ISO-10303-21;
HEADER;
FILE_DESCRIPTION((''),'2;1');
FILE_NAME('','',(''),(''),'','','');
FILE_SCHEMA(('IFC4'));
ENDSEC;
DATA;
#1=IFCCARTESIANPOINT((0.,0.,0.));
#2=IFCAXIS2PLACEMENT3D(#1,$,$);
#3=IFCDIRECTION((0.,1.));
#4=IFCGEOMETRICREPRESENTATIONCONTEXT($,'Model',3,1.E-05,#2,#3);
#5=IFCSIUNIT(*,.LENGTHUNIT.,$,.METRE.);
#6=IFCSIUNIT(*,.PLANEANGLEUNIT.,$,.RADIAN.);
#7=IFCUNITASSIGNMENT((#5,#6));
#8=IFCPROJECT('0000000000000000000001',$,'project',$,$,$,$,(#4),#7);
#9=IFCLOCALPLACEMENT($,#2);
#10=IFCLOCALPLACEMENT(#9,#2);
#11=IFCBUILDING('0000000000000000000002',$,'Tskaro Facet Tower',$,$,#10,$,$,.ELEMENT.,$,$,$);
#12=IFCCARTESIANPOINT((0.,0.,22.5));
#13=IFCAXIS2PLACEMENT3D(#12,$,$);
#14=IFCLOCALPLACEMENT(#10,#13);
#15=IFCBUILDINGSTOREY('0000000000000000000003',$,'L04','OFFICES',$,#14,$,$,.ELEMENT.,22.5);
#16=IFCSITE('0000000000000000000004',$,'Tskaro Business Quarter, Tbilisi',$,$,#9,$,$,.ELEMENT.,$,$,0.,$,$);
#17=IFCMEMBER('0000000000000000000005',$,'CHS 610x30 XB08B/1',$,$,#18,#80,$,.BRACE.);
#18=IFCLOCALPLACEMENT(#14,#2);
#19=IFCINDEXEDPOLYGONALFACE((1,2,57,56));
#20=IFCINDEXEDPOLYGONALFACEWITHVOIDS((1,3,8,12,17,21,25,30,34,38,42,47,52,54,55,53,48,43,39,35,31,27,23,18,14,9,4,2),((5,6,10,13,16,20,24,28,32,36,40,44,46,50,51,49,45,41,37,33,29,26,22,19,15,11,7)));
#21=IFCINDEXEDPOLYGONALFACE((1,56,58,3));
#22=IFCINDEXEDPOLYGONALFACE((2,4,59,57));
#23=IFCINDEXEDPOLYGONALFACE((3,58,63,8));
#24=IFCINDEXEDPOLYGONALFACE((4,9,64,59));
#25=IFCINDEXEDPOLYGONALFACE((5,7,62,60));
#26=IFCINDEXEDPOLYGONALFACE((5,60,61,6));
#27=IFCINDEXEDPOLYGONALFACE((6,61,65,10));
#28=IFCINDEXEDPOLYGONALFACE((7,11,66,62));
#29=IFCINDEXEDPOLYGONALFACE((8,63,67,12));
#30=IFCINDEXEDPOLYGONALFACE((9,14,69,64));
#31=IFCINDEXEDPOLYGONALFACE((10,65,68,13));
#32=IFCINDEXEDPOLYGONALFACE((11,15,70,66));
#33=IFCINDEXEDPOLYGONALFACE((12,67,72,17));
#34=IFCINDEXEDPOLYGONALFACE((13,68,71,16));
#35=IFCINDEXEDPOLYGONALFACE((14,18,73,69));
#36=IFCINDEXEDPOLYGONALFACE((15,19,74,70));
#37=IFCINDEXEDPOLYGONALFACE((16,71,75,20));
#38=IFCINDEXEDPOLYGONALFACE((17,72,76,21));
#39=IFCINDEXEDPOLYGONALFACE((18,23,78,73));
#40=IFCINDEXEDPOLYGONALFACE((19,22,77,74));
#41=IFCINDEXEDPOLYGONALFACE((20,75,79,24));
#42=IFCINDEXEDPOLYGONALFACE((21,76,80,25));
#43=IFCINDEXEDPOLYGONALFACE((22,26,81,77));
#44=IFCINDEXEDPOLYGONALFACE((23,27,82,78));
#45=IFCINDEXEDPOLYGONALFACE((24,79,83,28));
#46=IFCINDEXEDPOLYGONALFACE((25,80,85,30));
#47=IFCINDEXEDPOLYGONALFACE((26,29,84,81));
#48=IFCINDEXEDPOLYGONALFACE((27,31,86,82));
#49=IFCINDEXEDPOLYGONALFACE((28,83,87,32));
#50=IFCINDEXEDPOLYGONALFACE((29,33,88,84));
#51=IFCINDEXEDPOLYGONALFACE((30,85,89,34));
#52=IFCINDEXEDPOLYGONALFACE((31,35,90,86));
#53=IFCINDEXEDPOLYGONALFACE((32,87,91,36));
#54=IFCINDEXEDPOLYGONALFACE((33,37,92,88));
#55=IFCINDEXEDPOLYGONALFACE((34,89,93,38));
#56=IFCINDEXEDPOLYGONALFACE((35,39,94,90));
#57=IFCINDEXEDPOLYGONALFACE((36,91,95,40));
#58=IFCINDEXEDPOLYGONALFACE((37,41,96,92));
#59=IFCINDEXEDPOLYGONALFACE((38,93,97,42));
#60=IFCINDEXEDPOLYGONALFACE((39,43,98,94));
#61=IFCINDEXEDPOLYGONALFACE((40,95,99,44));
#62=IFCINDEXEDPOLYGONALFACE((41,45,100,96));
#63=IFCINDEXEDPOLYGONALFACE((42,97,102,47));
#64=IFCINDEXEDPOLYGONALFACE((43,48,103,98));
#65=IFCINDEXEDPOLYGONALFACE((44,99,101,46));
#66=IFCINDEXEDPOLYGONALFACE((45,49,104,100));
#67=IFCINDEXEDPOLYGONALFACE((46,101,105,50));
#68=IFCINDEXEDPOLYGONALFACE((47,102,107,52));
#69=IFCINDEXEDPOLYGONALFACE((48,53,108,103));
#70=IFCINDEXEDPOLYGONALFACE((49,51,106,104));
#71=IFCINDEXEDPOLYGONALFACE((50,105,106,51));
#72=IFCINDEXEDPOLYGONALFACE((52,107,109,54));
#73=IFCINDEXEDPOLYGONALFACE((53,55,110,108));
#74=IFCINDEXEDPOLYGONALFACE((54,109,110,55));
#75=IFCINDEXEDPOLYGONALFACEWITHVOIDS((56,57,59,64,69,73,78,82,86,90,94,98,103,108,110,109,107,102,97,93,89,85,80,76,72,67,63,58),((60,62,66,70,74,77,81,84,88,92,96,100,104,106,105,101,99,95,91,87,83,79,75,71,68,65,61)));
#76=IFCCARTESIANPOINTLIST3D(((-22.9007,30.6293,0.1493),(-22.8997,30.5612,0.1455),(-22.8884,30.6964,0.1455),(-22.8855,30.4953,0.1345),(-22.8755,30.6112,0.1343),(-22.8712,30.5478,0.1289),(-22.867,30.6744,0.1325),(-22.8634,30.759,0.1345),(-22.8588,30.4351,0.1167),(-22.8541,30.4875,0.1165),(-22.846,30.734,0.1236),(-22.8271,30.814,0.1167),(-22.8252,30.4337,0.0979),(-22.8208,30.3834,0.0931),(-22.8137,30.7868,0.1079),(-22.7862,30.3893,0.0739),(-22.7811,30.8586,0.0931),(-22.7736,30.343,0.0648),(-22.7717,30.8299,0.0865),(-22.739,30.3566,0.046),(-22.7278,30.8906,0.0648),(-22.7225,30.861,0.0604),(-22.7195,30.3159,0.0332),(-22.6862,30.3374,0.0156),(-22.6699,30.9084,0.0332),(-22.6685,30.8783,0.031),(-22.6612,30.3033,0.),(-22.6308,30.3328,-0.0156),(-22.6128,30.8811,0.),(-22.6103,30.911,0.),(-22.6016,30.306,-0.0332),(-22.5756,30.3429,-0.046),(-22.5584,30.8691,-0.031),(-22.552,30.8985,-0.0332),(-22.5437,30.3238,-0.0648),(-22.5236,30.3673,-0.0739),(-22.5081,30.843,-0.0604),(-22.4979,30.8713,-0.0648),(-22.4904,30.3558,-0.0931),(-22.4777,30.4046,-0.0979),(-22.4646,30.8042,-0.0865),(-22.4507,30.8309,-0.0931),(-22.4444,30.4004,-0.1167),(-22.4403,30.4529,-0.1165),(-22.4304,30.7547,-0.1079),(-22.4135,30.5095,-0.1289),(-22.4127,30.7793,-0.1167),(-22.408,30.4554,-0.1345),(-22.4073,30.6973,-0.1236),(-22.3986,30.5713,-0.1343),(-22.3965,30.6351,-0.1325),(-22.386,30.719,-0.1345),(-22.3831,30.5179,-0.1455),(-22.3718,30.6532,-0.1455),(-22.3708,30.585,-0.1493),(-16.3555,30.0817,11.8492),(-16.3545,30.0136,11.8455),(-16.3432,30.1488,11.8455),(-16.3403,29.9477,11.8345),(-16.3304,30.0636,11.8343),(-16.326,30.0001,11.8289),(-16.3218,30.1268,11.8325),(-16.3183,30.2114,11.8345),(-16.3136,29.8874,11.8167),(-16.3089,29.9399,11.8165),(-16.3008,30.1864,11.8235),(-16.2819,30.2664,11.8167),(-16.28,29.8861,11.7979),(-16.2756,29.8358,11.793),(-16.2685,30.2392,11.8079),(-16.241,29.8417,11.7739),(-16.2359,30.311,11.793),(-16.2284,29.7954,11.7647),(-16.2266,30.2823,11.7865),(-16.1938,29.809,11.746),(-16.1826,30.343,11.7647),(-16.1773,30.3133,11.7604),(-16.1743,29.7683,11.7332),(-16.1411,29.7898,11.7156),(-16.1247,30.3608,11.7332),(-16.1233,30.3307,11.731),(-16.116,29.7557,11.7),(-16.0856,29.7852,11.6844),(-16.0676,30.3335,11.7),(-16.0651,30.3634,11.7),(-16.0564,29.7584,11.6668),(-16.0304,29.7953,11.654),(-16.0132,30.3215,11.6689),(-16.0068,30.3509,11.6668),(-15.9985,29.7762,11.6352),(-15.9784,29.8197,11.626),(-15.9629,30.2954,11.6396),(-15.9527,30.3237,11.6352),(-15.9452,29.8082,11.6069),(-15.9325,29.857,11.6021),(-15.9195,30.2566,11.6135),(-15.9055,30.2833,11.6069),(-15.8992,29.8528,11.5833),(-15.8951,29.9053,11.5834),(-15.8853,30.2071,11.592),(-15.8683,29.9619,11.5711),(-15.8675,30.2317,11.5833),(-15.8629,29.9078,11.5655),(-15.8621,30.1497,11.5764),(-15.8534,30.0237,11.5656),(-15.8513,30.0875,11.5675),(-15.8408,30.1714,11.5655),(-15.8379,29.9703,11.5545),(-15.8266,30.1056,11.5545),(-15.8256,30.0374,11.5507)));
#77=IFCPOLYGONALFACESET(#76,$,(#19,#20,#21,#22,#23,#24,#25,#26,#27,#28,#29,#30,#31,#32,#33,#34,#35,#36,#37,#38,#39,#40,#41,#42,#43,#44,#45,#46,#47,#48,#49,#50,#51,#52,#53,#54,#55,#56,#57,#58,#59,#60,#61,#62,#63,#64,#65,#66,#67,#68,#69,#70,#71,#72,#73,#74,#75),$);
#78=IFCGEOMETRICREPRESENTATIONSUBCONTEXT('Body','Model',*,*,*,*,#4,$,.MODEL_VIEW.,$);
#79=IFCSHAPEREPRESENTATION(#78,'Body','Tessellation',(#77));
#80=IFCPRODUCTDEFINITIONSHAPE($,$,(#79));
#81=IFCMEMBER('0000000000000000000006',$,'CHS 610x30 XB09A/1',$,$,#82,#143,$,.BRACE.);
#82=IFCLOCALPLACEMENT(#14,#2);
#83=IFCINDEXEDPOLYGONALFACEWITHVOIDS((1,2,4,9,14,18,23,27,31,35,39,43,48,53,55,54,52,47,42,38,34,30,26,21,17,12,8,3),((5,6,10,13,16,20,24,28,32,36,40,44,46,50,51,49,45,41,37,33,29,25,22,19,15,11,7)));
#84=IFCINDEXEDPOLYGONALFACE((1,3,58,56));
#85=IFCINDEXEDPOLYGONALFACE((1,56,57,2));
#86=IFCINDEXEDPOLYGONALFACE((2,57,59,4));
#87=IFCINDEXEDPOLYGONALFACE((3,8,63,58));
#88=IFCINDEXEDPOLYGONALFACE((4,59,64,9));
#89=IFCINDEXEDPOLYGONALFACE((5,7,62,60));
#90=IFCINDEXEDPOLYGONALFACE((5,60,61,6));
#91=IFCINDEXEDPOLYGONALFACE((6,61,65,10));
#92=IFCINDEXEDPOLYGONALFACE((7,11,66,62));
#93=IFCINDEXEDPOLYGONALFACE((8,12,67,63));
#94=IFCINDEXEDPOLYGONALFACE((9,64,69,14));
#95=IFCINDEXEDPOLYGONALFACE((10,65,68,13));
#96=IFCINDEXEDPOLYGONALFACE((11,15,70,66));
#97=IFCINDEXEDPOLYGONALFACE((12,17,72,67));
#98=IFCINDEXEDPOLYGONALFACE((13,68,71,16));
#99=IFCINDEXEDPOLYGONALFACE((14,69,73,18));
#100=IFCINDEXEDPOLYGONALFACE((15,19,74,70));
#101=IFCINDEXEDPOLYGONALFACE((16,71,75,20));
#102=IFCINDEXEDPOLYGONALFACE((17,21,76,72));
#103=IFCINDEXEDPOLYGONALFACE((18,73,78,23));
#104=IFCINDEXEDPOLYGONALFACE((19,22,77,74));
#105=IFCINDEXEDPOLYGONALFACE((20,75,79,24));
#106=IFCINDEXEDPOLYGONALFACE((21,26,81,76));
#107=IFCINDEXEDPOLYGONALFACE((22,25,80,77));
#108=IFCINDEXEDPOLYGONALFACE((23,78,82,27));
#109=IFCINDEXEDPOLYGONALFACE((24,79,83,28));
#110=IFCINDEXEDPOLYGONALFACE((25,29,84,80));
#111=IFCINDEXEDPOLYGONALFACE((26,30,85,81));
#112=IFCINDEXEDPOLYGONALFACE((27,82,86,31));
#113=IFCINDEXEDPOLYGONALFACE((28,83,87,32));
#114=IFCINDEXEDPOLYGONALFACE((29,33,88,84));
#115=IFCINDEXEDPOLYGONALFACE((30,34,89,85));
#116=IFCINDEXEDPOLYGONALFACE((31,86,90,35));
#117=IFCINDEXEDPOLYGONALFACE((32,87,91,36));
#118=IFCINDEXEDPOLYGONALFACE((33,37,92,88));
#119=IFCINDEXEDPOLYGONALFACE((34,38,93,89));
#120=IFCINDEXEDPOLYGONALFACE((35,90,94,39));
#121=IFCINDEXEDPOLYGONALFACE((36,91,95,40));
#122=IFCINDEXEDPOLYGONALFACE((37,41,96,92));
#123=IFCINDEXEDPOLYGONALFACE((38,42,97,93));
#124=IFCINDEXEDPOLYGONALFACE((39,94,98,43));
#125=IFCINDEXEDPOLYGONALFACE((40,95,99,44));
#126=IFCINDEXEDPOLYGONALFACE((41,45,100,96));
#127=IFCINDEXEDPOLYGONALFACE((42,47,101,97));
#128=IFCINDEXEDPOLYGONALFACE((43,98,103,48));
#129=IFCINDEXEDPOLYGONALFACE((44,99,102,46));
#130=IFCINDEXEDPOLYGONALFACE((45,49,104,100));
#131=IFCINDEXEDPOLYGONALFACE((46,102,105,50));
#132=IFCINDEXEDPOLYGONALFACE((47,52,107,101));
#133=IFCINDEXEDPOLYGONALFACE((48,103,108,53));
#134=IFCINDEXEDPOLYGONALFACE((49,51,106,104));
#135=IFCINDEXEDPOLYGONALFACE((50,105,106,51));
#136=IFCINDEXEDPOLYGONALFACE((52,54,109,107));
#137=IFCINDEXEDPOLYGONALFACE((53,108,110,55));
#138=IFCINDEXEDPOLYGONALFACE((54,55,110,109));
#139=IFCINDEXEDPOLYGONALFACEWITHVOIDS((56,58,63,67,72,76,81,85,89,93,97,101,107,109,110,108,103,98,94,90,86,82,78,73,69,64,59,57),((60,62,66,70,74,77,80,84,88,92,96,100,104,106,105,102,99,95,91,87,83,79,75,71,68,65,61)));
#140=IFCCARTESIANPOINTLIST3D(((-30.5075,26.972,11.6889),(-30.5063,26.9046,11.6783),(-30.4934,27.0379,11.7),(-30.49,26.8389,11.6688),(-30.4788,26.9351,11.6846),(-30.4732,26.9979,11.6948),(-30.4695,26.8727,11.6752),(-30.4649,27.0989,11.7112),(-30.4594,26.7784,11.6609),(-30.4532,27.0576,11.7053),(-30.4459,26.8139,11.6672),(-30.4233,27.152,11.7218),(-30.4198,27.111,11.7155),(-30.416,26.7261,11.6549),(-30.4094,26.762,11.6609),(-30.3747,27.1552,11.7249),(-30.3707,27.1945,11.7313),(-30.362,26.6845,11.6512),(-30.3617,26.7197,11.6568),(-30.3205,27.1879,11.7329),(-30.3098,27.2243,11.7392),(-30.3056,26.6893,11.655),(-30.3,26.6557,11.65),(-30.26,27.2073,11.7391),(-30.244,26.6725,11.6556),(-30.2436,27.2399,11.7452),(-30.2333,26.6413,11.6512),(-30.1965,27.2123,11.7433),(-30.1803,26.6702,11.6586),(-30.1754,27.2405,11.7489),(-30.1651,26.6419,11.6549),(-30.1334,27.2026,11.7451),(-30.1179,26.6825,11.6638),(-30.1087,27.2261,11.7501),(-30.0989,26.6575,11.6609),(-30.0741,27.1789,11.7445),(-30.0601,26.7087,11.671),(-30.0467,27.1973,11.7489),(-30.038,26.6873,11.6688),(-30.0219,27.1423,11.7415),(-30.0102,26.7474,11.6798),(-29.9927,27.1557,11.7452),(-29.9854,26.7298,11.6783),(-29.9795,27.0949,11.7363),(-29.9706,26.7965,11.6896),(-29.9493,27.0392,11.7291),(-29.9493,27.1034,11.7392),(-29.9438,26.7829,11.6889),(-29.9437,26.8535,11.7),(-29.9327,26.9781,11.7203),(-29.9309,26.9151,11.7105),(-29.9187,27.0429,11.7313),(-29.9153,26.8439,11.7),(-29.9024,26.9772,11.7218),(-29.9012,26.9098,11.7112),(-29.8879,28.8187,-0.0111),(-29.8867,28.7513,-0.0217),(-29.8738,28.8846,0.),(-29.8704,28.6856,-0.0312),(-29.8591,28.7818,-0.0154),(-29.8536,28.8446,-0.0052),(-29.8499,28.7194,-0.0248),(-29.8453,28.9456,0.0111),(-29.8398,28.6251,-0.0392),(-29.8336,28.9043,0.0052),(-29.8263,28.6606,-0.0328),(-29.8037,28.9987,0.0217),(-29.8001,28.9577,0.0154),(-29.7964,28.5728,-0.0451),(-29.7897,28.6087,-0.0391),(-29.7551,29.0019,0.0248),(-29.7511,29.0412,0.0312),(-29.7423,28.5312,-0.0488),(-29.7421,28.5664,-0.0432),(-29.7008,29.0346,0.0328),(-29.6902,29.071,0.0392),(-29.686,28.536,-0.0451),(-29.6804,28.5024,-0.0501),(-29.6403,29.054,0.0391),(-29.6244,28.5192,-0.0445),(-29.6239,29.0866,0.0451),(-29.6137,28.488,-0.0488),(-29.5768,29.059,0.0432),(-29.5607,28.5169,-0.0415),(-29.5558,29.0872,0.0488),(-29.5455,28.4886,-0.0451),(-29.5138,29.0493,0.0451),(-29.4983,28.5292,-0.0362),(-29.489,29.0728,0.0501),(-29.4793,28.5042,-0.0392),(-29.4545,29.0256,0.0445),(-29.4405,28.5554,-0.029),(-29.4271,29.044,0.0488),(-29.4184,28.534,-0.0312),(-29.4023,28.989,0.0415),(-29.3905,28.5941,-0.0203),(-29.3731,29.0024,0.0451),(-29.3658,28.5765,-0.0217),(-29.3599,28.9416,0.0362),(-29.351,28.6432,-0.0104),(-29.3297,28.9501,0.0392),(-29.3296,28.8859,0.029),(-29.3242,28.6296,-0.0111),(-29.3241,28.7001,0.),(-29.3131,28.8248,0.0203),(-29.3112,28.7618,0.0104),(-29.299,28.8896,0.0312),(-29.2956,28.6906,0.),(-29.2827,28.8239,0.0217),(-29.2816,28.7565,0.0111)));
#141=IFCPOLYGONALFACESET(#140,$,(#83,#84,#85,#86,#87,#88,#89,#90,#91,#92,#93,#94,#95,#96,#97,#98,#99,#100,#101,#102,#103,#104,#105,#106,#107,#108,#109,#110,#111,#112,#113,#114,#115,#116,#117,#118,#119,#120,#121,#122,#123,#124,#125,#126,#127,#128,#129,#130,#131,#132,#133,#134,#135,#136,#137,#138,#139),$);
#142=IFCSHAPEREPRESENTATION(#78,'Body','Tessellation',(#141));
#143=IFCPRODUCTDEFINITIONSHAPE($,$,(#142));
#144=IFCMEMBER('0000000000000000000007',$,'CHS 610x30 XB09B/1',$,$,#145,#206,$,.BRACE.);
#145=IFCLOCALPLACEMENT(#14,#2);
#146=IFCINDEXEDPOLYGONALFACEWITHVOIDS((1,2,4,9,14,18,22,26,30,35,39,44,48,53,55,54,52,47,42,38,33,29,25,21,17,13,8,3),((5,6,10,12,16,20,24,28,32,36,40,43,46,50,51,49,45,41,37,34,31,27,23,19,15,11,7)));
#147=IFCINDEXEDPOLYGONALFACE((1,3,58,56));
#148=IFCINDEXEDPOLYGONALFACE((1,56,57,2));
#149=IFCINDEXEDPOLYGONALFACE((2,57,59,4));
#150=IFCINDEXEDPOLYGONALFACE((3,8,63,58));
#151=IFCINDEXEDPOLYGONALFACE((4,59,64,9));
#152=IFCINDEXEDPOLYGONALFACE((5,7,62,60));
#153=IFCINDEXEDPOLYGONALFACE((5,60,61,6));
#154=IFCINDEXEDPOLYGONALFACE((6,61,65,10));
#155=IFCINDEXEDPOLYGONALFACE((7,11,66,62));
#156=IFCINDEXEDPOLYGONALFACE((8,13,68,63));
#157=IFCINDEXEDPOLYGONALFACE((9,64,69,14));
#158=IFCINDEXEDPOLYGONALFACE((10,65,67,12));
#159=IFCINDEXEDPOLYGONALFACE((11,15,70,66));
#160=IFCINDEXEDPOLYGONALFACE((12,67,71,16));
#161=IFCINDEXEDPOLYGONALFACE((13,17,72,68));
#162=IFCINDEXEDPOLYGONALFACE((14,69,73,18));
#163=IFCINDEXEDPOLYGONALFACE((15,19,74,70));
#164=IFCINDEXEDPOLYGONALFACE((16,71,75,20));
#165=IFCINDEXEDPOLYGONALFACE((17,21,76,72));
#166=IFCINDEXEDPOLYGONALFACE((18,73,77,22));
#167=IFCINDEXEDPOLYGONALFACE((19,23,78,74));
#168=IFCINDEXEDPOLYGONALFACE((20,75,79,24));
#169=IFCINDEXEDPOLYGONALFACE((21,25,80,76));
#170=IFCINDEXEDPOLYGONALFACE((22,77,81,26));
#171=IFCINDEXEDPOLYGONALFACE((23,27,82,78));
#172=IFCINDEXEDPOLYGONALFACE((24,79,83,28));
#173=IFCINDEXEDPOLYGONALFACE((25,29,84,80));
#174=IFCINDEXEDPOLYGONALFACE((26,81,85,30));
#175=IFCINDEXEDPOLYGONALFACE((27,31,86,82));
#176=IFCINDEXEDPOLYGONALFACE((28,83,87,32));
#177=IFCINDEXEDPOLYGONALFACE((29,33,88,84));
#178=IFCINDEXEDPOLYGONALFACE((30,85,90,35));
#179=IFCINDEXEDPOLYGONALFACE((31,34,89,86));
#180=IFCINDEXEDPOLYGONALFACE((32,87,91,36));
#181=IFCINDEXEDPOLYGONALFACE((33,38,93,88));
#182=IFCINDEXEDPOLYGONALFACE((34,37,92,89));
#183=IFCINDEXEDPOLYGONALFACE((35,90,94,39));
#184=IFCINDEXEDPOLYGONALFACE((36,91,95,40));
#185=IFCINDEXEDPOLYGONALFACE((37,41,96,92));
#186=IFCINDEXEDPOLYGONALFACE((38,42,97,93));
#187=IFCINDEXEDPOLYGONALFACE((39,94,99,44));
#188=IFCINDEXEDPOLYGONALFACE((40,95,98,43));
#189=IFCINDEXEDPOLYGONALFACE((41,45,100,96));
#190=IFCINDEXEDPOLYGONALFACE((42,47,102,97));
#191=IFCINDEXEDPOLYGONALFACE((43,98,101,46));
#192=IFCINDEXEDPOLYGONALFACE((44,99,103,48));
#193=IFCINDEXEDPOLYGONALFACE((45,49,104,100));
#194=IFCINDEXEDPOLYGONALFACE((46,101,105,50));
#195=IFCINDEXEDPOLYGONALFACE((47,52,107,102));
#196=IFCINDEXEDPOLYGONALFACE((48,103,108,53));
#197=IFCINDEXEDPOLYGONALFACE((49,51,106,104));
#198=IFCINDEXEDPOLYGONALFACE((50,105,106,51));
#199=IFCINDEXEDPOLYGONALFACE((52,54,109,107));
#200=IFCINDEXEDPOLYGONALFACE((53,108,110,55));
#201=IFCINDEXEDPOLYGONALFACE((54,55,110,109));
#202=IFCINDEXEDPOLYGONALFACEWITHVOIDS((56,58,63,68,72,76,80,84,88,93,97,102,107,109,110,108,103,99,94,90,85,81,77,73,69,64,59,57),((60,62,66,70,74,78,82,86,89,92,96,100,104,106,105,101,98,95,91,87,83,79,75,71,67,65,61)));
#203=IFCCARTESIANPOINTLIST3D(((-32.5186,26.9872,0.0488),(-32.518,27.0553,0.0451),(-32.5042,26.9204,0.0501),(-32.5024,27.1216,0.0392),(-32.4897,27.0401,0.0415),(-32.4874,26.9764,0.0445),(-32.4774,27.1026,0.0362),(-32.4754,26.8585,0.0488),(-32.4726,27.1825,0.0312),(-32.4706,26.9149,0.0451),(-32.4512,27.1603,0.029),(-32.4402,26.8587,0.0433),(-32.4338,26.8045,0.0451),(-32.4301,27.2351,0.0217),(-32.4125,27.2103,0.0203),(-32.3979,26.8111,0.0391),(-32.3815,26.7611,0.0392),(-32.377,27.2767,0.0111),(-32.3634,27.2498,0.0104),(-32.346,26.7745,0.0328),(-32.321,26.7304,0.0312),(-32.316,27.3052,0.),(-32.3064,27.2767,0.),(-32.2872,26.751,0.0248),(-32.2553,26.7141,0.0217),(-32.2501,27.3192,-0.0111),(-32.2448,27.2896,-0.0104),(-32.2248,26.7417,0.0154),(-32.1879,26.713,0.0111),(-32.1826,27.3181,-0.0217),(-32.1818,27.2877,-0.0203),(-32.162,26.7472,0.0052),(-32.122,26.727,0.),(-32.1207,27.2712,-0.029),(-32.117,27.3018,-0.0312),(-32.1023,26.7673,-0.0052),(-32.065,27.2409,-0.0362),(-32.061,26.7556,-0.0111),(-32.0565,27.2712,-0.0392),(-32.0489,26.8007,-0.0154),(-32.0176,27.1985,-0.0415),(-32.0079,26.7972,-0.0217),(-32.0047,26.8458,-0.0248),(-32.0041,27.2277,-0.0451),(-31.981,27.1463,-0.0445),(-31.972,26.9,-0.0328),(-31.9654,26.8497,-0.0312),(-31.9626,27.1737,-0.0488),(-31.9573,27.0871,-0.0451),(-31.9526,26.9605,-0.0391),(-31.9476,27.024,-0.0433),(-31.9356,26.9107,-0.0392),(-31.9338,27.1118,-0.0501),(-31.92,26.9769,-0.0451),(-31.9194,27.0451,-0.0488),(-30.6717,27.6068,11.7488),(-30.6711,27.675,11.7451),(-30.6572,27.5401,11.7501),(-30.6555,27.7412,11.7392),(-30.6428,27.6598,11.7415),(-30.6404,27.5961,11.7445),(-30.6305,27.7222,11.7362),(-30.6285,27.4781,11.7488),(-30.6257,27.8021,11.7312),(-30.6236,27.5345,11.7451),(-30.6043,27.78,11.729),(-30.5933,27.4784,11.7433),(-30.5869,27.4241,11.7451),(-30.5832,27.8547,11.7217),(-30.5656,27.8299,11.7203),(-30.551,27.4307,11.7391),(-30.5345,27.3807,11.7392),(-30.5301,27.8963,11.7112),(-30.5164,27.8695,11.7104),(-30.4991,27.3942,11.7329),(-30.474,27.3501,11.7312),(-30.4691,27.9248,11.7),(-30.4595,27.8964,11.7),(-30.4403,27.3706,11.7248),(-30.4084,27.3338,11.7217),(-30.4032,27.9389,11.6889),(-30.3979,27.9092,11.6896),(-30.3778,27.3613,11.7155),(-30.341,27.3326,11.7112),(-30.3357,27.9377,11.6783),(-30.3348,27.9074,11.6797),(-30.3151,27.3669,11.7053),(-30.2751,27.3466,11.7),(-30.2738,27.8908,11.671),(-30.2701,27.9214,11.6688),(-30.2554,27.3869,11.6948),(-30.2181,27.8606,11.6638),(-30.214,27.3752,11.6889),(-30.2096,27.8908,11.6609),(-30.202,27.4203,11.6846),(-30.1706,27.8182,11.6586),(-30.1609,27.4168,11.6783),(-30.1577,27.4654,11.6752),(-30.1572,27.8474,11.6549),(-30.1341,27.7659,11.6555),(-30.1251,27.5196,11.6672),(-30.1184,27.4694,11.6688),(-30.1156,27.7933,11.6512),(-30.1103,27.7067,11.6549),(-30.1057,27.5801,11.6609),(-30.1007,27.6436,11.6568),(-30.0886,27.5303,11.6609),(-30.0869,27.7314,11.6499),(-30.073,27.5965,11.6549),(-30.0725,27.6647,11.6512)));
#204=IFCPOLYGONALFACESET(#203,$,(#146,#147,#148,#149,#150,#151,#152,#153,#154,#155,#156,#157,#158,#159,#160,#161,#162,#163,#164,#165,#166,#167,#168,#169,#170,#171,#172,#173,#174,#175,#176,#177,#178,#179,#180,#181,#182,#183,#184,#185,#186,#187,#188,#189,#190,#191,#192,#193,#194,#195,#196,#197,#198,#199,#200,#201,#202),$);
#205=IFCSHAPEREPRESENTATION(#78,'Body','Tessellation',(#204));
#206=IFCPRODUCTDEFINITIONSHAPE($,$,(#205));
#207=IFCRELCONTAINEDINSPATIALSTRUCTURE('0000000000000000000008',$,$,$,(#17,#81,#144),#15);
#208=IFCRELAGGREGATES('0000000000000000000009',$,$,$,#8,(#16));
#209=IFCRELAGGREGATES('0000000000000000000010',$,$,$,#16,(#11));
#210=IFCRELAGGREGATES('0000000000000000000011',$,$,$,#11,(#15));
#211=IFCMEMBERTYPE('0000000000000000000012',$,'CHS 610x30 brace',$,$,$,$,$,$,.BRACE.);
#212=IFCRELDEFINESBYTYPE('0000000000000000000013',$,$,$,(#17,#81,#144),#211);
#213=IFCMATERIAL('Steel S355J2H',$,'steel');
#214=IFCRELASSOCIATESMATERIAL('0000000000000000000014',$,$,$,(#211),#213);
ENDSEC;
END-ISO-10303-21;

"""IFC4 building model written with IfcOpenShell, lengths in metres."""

from ifc_helpers import new_model, si_unit, direction, frame, origin, origin_2d, place, context, subcontext, project, spatial, hollow_circle, extrude, material, material_profile, profile_set, type_object, element, save


model = new_model("IFC4")

# Units and contexts
model_context = context("Model", 3, precision=1e-05, world=origin(), true_north=direction((0.0, 1.0)))
body_context = subcontext(model_context, "Body", "Model", "MODEL_VIEW")
ifc_project = project(units=[si_unit("LENGTHUNIT", "METRE"), si_unit("PLANEANGLEUNIT", "RADIAN")], contexts=[model_context])

# Site, building, storey
site_placement = place(None, origin())
site = spatial("IfcSite", under=ifc_project, at=site_placement, Name="Tskaro Business Quarter, Tbilisi", CompositionType="ELEMENT", RefElevation=0.0)
building_placement = place(site_placement, origin())
building = spatial("IfcBuilding", under=site, at=building_placement, Name="Tskaro Facet Tower", CompositionType="ELEMENT")
storey_placement = place(building_placement, frame((0.0, 0.0, 22.5)))
storey = spatial("IfcBuildingStorey", under=building, at=storey_placement, Name="L04", Description="OFFICES", CompositionType="ELEMENT", Elevation=22.5)

# Shared definitions
ifc_material_1 = material(Name="Steel S355J2H", Category="steel")

# Members
ifc_material_profile_1 = material_profile(ifc_material_1, hollow_circle(Radius=0.3049, WallThickness=0.03, at=origin_2d()), Name="CHS 610x30")
ifc_profile_set_1 = profile_set([ifc_material_profile_1], Name="Steel S355J2H")
member_type_1 = type_object("IfcMemberType", Name="CHS 610x30 brace", PredefinedType="BRACE", material=ifc_profile_set_1)
member_1_placement = place(storey_placement, frame((-22.6357, 30.6072, 0.0), z_axis=(0.48781, -0.040813, 0.871995), x_axis=(0.083375, 0.996518, 0.0)))
element("IfcMember", 1, at=member_1_placement, inside=storey, type_object=member_type_1, Name="CHS 610x30 XB08B/1", PredefinedType="BRACE", context=body_context, shape_type="SweptSolid", body=[
    extrude(hollow_circle(Radius=0.3049, WallThickness=0.03, at=origin_2d()), origin(), (0.0, 0.0, 1.0), 13.4175),
])
for number, where, z_axis, x_axis, name in (
    (2, (-29.5847, 28.7876, 0.0), (-0.052241, -0.155694, 0.986423), (0.948055, -0.318107, 0.0), "CHS 610x30 XB09A/1"),
    (3, (-32.219, 27.0161, 0.0), (0.155714, 0.052241, 0.98642), (-0.318069, 0.948067, 0.0), "CHS 610x30 XB09B/1"),
):
    element("IfcMember", number, at=place(storey_placement, frame(where, z_axis=z_axis, x_axis=x_axis)), inside=storey, type_object=member_type_1, Name=name, PredefinedType="BRACE", context=body_context, shape_type="SweptSolid", body=[
        extrude(hollow_circle(Radius=0.3049, WallThickness=0.03, at=origin_2d()), origin(), (0.0, 0.0, 1.0), 11.8611),
    ])

save(model, "model.ifc")
